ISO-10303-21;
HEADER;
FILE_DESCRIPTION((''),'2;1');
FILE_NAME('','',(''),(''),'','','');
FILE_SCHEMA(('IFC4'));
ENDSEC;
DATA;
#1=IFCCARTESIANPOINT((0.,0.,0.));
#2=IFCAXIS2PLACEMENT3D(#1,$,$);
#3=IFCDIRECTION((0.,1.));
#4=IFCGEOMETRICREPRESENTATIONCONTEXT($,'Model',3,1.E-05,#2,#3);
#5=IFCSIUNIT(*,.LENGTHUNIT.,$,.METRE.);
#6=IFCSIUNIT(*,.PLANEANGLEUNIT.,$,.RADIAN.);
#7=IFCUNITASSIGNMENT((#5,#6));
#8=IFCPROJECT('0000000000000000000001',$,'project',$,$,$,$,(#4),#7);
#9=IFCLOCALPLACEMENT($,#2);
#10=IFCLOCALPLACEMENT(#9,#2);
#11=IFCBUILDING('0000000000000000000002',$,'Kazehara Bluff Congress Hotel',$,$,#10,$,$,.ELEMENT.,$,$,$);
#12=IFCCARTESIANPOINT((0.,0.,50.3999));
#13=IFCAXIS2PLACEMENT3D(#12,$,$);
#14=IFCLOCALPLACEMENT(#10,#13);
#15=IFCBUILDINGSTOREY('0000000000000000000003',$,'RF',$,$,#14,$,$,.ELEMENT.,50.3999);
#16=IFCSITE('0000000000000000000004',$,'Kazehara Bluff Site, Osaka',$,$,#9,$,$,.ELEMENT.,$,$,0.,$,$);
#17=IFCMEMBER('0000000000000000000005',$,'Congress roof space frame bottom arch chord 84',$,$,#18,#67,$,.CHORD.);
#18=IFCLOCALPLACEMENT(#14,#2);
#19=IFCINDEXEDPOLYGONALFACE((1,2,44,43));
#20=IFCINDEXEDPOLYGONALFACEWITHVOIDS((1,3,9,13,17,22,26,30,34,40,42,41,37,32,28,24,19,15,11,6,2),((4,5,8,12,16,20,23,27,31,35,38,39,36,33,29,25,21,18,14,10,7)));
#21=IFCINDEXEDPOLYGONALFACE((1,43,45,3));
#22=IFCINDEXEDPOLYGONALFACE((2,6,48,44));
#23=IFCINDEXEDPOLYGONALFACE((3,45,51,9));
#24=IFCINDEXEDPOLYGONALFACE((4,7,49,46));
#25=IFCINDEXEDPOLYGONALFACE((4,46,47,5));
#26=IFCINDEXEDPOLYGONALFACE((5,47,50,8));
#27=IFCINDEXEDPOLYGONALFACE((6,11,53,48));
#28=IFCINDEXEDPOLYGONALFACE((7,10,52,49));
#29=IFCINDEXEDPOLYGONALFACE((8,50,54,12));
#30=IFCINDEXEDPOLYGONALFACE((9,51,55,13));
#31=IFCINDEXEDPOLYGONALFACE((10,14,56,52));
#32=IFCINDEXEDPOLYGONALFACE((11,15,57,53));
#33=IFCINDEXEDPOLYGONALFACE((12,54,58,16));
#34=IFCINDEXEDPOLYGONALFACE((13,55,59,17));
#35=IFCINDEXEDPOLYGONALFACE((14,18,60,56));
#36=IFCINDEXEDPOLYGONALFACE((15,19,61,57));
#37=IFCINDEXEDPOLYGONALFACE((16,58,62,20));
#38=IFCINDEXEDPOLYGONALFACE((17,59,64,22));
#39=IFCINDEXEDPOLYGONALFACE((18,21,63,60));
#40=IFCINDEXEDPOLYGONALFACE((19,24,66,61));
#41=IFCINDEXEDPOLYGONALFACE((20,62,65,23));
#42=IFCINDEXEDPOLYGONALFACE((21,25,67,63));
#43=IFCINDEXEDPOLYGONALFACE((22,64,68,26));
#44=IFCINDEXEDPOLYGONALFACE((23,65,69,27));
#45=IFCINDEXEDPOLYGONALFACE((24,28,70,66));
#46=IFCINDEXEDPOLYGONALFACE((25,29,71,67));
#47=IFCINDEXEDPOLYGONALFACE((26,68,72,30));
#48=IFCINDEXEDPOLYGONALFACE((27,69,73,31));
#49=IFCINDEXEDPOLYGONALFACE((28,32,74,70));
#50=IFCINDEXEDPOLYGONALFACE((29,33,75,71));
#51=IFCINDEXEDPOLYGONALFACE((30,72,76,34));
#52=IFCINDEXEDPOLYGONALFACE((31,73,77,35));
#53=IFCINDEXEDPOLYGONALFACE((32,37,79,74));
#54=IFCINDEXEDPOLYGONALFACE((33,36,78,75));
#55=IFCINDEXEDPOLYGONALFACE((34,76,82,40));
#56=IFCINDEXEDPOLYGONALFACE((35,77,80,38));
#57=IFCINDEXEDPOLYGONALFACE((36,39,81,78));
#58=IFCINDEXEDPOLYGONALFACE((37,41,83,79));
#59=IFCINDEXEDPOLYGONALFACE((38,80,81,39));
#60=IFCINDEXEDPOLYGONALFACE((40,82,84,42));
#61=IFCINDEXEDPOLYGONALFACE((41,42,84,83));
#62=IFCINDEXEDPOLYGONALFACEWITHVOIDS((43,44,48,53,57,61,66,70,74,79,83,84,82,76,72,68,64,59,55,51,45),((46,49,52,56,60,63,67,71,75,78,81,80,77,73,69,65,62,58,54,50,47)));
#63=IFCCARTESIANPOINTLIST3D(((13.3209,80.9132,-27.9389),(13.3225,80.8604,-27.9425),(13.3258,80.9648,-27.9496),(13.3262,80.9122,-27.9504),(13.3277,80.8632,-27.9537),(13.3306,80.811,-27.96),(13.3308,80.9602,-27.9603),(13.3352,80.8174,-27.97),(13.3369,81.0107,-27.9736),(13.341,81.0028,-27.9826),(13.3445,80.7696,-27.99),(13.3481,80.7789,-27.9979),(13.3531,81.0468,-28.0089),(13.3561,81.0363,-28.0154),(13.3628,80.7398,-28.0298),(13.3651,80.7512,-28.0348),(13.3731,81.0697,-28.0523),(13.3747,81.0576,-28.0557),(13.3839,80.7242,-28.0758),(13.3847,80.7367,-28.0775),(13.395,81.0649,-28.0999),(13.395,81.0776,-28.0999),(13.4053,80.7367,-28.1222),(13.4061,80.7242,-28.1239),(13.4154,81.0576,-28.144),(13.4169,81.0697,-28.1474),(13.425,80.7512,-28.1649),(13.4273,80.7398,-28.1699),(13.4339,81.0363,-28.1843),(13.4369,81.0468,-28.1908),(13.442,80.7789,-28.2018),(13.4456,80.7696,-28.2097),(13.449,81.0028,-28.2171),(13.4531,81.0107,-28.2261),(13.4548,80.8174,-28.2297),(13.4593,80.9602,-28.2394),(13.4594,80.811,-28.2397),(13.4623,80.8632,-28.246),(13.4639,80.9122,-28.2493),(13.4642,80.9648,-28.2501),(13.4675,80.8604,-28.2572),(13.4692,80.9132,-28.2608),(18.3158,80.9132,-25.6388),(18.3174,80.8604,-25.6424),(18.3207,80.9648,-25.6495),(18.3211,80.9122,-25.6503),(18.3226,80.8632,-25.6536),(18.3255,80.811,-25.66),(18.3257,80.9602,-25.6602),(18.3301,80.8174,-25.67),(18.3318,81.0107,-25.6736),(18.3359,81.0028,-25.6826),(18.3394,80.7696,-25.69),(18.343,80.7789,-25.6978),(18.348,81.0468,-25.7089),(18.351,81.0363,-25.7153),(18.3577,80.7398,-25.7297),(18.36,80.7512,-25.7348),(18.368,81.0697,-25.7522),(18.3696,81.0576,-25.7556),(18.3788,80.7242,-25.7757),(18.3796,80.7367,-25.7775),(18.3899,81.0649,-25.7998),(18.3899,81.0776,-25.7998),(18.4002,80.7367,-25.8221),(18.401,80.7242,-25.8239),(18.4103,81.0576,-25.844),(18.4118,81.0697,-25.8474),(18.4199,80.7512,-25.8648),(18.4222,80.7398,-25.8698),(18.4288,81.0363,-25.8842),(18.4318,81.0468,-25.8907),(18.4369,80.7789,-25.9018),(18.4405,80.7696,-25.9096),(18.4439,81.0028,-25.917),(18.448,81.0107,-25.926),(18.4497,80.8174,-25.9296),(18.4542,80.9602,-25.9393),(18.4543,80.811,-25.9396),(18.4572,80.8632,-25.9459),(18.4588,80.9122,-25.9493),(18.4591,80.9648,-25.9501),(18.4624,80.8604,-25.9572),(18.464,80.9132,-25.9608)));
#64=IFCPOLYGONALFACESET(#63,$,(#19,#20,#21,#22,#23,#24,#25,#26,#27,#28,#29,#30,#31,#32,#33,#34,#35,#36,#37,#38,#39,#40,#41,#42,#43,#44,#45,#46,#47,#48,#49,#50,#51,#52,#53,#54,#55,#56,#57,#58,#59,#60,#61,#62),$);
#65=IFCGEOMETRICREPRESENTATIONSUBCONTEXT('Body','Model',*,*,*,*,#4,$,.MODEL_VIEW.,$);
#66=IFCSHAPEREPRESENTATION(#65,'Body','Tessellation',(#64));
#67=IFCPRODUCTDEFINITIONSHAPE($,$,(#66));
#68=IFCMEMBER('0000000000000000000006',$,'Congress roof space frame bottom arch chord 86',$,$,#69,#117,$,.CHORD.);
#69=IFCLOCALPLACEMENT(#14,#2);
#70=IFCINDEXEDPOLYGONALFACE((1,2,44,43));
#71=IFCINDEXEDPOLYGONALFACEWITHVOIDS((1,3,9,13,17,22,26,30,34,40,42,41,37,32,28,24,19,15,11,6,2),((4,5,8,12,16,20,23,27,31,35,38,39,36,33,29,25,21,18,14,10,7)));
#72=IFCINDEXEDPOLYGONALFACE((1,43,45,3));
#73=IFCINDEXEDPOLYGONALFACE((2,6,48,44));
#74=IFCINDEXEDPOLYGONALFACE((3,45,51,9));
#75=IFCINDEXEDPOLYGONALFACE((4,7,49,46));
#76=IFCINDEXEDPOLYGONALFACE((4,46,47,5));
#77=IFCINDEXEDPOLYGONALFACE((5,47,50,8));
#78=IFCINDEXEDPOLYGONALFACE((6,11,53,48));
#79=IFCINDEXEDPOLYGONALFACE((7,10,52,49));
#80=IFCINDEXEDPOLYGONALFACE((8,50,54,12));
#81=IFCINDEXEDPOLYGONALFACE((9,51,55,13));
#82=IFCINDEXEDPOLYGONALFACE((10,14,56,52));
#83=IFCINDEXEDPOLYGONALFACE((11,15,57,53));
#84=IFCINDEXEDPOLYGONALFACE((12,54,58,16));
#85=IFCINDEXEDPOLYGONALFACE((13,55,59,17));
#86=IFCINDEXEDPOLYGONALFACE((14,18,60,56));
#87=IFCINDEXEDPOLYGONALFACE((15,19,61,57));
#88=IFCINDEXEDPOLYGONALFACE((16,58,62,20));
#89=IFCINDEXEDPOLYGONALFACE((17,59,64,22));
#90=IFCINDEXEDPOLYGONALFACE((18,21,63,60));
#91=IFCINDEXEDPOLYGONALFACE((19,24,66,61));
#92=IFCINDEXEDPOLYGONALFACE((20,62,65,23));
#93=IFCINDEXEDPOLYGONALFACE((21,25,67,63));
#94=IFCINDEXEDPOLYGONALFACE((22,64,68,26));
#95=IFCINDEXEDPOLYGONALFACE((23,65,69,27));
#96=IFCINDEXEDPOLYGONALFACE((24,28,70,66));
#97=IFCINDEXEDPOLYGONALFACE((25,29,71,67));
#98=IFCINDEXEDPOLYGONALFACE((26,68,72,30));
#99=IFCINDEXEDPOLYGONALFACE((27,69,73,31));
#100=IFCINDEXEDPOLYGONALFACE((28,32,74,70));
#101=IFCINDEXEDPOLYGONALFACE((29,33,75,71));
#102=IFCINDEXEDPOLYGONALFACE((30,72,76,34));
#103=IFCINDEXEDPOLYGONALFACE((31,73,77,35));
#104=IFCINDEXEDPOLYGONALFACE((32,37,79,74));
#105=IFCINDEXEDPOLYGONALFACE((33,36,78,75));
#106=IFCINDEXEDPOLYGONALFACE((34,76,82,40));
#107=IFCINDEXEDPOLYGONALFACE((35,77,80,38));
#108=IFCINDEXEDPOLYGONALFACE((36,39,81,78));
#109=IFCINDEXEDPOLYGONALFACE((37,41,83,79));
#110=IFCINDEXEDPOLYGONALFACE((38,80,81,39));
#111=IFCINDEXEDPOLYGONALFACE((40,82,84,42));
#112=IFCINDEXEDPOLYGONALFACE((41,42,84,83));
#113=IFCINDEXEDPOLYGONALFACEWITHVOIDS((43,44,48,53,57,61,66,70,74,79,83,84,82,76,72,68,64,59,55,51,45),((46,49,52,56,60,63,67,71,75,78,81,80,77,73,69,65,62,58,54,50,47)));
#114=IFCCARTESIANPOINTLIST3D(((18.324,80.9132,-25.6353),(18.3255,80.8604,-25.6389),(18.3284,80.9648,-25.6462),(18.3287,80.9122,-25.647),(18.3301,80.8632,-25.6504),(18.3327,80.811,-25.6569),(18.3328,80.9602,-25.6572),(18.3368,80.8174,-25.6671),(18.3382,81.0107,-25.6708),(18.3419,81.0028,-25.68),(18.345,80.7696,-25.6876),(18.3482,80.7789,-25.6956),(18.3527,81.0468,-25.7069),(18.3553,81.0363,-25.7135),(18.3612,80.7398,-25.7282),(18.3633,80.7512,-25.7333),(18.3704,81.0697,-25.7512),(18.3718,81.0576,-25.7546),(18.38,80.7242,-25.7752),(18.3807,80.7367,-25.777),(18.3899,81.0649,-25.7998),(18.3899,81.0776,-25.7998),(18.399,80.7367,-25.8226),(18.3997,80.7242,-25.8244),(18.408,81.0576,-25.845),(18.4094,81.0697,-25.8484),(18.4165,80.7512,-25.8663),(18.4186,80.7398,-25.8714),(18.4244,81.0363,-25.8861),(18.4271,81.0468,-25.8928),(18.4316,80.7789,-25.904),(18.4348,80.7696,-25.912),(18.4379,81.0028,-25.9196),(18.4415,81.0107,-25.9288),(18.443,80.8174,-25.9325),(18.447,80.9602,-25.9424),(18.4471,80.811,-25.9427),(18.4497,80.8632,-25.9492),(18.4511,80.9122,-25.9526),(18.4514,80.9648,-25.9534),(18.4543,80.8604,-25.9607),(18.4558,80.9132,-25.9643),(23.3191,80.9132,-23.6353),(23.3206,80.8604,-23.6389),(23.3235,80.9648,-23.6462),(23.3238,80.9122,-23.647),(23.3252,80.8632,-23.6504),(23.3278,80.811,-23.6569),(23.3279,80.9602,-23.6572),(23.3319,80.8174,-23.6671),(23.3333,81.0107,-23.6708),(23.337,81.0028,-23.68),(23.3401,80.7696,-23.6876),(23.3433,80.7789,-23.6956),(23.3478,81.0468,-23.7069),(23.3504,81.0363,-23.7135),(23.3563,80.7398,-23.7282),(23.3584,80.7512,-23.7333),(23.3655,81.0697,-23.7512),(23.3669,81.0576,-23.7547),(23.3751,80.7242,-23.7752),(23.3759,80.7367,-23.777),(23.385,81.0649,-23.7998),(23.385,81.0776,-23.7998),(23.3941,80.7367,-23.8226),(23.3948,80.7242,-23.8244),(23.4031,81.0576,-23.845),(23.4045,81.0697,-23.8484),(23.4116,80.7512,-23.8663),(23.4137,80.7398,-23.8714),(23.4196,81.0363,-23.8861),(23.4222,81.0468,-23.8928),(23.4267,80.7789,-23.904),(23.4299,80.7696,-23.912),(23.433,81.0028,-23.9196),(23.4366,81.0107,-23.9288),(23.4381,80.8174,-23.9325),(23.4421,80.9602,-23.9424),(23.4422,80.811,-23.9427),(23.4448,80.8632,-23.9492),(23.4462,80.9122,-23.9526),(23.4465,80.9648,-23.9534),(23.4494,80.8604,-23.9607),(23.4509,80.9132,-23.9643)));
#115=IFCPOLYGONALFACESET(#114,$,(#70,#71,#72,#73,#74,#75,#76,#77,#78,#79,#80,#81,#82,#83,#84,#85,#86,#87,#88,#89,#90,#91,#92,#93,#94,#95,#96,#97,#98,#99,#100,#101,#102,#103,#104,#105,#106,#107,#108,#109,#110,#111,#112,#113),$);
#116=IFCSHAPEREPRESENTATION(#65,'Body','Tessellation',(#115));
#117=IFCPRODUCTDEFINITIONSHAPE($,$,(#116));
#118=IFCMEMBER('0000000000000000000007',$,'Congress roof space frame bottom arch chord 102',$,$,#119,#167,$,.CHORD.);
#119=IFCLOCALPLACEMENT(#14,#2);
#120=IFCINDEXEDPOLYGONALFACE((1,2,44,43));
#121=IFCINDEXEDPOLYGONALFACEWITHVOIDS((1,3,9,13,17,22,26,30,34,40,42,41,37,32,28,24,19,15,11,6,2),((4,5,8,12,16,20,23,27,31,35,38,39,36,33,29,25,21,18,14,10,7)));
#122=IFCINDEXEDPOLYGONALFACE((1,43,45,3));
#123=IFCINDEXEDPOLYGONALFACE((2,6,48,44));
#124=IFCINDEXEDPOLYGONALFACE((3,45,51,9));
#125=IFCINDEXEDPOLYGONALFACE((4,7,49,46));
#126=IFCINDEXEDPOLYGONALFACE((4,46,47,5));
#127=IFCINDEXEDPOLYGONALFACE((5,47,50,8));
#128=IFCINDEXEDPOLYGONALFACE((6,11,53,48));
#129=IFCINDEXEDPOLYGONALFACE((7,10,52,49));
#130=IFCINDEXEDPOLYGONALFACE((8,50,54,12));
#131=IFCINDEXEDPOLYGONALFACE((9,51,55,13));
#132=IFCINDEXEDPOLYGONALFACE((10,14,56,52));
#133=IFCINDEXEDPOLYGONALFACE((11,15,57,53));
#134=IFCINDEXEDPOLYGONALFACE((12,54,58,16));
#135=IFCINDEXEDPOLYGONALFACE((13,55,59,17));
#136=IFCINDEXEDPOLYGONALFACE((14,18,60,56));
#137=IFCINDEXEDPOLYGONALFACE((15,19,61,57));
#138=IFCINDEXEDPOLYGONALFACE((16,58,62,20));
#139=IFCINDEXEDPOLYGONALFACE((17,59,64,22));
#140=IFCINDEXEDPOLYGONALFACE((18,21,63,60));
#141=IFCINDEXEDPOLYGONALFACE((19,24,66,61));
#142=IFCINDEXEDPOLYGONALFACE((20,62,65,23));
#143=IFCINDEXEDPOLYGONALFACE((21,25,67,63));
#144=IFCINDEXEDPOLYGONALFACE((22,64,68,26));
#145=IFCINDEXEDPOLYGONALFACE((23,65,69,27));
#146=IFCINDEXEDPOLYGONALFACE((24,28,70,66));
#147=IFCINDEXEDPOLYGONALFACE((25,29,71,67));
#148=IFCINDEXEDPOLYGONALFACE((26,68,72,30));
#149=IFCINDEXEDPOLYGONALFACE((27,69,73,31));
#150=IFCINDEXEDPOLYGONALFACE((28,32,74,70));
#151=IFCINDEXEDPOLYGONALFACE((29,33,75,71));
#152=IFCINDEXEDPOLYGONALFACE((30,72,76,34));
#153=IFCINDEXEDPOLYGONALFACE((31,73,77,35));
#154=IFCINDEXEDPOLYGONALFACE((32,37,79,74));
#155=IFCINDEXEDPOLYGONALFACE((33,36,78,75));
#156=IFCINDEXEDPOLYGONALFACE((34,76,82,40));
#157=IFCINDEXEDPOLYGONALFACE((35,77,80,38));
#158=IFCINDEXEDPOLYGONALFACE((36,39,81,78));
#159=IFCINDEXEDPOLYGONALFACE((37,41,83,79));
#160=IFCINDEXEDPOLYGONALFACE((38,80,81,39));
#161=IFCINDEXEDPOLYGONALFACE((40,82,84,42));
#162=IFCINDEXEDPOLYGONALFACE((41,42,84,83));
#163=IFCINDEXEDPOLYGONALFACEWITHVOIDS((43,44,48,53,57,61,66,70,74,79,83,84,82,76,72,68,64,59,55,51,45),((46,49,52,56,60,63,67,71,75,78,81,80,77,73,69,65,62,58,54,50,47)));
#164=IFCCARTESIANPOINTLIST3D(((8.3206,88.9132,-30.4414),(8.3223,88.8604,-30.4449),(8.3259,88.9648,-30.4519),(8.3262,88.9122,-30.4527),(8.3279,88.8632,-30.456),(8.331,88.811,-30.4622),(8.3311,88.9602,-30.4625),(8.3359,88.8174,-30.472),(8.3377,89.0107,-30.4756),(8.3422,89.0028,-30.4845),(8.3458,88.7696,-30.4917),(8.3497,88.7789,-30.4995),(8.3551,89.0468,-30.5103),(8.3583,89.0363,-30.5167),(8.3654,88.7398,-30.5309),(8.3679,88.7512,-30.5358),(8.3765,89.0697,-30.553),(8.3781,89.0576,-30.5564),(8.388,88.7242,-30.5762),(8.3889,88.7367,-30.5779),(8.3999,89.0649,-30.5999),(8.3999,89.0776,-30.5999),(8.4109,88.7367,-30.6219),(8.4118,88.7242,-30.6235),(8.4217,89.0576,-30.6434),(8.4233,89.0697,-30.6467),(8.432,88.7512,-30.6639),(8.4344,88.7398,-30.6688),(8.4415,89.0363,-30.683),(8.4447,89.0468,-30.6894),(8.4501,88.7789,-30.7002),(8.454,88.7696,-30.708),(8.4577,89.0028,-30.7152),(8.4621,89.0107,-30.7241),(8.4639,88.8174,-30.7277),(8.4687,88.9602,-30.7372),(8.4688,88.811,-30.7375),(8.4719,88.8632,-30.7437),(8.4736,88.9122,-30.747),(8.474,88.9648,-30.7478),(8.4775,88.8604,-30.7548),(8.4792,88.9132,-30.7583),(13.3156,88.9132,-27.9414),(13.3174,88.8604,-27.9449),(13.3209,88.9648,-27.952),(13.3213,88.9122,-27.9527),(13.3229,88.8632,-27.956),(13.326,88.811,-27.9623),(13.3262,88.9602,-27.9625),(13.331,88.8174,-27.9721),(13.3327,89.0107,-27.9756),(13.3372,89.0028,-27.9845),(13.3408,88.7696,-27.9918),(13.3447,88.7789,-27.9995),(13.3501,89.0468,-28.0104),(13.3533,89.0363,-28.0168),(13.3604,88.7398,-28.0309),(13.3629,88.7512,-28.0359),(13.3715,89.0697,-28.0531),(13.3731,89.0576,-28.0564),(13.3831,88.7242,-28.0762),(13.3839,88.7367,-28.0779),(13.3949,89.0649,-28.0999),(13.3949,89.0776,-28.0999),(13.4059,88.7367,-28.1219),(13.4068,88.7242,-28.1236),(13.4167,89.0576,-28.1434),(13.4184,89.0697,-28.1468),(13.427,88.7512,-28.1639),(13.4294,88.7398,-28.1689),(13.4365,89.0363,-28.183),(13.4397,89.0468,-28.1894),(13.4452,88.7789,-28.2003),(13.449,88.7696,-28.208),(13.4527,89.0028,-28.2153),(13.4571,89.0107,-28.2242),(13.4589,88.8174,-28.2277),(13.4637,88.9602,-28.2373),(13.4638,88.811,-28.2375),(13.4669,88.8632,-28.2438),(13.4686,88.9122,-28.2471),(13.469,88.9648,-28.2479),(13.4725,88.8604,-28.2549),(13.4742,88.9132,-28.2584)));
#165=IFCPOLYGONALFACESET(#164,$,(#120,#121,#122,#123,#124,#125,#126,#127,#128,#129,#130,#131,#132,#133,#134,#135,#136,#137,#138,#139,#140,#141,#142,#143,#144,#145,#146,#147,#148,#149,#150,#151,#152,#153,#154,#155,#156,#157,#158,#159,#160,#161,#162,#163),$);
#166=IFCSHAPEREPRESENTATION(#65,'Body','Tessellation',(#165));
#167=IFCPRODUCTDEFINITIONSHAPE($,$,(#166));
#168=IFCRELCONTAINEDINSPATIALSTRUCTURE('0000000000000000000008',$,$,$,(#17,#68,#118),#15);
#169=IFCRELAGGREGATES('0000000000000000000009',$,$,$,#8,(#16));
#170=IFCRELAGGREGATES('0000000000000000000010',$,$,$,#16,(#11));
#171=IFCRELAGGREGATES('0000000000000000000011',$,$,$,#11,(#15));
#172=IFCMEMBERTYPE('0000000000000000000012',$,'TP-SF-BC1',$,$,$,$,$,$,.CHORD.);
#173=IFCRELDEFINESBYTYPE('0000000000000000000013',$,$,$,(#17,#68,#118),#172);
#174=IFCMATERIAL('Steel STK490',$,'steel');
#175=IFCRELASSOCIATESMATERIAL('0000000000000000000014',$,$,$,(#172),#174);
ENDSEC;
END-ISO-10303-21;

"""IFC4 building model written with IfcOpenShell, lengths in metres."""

from ifc_helpers import new_model, si_unit, direction, frame, origin, origin_2d, place, context, subcontext, project, spatial, hollow_circle, extrude, material, material_profile, profile_set, type_object, element, save


model = new_model("IFC4")

# Units and contexts
model_context = context("Model", 3, precision=1e-05, world=origin(), true_north=direction((0.0, 1.0)))
body_context = subcontext(model_context, "Body", "Model", "MODEL_VIEW")
ifc_project = project(units=[si_unit("LENGTHUNIT", "METRE"), si_unit("PLANEANGLEUNIT", "RADIAN")], contexts=[model_context])

# Site, building, storey
site_placement = place(None, origin())
site = spatial("IfcSite", under=ifc_project, at=site_placement, Name="Kazehara Bluff Site, Osaka", CompositionType="ELEMENT", RefElevation=0.0)
building_placement = place(site_placement, origin())
building = spatial("IfcBuilding", under=site, at=building_placement, Name="Kazehara Bluff Congress Hotel", CompositionType="ELEMENT")
storey_placement = place(building_placement, frame((0.0, 0.0, 50.3999)))
storey = spatial("IfcBuildingStorey", under=building, at=storey_placement, Name="RF", CompositionType="ELEMENT", Elevation=50.3999)

# Members
ifc_material_1 = material(Name="Steel STK490", Category="steel")
ifc_material_profile_1 = material_profile(ifc_material_1, hollow_circle(Radius=0.1777, WallThickness=0.0127, at=origin_2d()))
ifc_profile_set_1 = profile_set([ifc_material_profile_1], Name="Steel STK490")
member_type_1 = type_object("IfcMemberType", Name="TP-SF-BC1", PredefinedType="CHORD", material=ifc_profile_set_1)
member_1_placement = place(storey_placement, frame((13.395, 80.8999, -28.0999), z_axis=(0.908324, 0.0, 0.418267), x_axis=(0.0, 1.0, 0.0)))
element("IfcMember", 1, at=member_1_placement, inside=storey, type_object=member_type_1, Name="Congress roof space frame bottom arch chord 84", PredefinedType="CHORD", context=body_context, shape_type="SweptSolid", body=[
    extrude(hollow_circle(Radius=0.1777, WallThickness=0.0127, at=origin_2d()), origin(), (0.0, 0.0, 1.0), 5.499),
])
member_2_placement = place(storey_placement, frame((18.3899, 80.8999, -25.7998), z_axis=(0.928351, 0.0, 0.371704), x_axis=(0.0, 1.0, 0.0)))
element("IfcMember", 2, at=member_2_placement, inside=storey, type_object=member_type_1, Name="Congress roof space frame bottom arch chord 86", PredefinedType="CHORD", context=body_context, shape_type="SweptSolid", body=[
    extrude(hollow_circle(Radius=0.1777, WallThickness=0.0127, at=origin_2d()), origin(), (0.0, 0.0, 1.0), 5.3806),
])
member_3_placement = place(storey_placement, frame((8.3999, 88.8999, -30.5999), z_axis=(0.894252, 0.0, 0.447563), x_axis=(0.0, 1.0, 0.0)))
element("IfcMember", 3, at=member_3_placement, inside=storey, type_object=member_type_1, Name="Congress roof space frame bottom arch chord 102", PredefinedType="CHORD", context=body_context, shape_type="SweptSolid", body=[
    extrude(hollow_circle(Radius=0.1777, WallThickness=0.0127, at=origin_2d()), origin(), (0.0, 0.0, 1.0), 5.5857),
])

save(model, "model.ifc")
